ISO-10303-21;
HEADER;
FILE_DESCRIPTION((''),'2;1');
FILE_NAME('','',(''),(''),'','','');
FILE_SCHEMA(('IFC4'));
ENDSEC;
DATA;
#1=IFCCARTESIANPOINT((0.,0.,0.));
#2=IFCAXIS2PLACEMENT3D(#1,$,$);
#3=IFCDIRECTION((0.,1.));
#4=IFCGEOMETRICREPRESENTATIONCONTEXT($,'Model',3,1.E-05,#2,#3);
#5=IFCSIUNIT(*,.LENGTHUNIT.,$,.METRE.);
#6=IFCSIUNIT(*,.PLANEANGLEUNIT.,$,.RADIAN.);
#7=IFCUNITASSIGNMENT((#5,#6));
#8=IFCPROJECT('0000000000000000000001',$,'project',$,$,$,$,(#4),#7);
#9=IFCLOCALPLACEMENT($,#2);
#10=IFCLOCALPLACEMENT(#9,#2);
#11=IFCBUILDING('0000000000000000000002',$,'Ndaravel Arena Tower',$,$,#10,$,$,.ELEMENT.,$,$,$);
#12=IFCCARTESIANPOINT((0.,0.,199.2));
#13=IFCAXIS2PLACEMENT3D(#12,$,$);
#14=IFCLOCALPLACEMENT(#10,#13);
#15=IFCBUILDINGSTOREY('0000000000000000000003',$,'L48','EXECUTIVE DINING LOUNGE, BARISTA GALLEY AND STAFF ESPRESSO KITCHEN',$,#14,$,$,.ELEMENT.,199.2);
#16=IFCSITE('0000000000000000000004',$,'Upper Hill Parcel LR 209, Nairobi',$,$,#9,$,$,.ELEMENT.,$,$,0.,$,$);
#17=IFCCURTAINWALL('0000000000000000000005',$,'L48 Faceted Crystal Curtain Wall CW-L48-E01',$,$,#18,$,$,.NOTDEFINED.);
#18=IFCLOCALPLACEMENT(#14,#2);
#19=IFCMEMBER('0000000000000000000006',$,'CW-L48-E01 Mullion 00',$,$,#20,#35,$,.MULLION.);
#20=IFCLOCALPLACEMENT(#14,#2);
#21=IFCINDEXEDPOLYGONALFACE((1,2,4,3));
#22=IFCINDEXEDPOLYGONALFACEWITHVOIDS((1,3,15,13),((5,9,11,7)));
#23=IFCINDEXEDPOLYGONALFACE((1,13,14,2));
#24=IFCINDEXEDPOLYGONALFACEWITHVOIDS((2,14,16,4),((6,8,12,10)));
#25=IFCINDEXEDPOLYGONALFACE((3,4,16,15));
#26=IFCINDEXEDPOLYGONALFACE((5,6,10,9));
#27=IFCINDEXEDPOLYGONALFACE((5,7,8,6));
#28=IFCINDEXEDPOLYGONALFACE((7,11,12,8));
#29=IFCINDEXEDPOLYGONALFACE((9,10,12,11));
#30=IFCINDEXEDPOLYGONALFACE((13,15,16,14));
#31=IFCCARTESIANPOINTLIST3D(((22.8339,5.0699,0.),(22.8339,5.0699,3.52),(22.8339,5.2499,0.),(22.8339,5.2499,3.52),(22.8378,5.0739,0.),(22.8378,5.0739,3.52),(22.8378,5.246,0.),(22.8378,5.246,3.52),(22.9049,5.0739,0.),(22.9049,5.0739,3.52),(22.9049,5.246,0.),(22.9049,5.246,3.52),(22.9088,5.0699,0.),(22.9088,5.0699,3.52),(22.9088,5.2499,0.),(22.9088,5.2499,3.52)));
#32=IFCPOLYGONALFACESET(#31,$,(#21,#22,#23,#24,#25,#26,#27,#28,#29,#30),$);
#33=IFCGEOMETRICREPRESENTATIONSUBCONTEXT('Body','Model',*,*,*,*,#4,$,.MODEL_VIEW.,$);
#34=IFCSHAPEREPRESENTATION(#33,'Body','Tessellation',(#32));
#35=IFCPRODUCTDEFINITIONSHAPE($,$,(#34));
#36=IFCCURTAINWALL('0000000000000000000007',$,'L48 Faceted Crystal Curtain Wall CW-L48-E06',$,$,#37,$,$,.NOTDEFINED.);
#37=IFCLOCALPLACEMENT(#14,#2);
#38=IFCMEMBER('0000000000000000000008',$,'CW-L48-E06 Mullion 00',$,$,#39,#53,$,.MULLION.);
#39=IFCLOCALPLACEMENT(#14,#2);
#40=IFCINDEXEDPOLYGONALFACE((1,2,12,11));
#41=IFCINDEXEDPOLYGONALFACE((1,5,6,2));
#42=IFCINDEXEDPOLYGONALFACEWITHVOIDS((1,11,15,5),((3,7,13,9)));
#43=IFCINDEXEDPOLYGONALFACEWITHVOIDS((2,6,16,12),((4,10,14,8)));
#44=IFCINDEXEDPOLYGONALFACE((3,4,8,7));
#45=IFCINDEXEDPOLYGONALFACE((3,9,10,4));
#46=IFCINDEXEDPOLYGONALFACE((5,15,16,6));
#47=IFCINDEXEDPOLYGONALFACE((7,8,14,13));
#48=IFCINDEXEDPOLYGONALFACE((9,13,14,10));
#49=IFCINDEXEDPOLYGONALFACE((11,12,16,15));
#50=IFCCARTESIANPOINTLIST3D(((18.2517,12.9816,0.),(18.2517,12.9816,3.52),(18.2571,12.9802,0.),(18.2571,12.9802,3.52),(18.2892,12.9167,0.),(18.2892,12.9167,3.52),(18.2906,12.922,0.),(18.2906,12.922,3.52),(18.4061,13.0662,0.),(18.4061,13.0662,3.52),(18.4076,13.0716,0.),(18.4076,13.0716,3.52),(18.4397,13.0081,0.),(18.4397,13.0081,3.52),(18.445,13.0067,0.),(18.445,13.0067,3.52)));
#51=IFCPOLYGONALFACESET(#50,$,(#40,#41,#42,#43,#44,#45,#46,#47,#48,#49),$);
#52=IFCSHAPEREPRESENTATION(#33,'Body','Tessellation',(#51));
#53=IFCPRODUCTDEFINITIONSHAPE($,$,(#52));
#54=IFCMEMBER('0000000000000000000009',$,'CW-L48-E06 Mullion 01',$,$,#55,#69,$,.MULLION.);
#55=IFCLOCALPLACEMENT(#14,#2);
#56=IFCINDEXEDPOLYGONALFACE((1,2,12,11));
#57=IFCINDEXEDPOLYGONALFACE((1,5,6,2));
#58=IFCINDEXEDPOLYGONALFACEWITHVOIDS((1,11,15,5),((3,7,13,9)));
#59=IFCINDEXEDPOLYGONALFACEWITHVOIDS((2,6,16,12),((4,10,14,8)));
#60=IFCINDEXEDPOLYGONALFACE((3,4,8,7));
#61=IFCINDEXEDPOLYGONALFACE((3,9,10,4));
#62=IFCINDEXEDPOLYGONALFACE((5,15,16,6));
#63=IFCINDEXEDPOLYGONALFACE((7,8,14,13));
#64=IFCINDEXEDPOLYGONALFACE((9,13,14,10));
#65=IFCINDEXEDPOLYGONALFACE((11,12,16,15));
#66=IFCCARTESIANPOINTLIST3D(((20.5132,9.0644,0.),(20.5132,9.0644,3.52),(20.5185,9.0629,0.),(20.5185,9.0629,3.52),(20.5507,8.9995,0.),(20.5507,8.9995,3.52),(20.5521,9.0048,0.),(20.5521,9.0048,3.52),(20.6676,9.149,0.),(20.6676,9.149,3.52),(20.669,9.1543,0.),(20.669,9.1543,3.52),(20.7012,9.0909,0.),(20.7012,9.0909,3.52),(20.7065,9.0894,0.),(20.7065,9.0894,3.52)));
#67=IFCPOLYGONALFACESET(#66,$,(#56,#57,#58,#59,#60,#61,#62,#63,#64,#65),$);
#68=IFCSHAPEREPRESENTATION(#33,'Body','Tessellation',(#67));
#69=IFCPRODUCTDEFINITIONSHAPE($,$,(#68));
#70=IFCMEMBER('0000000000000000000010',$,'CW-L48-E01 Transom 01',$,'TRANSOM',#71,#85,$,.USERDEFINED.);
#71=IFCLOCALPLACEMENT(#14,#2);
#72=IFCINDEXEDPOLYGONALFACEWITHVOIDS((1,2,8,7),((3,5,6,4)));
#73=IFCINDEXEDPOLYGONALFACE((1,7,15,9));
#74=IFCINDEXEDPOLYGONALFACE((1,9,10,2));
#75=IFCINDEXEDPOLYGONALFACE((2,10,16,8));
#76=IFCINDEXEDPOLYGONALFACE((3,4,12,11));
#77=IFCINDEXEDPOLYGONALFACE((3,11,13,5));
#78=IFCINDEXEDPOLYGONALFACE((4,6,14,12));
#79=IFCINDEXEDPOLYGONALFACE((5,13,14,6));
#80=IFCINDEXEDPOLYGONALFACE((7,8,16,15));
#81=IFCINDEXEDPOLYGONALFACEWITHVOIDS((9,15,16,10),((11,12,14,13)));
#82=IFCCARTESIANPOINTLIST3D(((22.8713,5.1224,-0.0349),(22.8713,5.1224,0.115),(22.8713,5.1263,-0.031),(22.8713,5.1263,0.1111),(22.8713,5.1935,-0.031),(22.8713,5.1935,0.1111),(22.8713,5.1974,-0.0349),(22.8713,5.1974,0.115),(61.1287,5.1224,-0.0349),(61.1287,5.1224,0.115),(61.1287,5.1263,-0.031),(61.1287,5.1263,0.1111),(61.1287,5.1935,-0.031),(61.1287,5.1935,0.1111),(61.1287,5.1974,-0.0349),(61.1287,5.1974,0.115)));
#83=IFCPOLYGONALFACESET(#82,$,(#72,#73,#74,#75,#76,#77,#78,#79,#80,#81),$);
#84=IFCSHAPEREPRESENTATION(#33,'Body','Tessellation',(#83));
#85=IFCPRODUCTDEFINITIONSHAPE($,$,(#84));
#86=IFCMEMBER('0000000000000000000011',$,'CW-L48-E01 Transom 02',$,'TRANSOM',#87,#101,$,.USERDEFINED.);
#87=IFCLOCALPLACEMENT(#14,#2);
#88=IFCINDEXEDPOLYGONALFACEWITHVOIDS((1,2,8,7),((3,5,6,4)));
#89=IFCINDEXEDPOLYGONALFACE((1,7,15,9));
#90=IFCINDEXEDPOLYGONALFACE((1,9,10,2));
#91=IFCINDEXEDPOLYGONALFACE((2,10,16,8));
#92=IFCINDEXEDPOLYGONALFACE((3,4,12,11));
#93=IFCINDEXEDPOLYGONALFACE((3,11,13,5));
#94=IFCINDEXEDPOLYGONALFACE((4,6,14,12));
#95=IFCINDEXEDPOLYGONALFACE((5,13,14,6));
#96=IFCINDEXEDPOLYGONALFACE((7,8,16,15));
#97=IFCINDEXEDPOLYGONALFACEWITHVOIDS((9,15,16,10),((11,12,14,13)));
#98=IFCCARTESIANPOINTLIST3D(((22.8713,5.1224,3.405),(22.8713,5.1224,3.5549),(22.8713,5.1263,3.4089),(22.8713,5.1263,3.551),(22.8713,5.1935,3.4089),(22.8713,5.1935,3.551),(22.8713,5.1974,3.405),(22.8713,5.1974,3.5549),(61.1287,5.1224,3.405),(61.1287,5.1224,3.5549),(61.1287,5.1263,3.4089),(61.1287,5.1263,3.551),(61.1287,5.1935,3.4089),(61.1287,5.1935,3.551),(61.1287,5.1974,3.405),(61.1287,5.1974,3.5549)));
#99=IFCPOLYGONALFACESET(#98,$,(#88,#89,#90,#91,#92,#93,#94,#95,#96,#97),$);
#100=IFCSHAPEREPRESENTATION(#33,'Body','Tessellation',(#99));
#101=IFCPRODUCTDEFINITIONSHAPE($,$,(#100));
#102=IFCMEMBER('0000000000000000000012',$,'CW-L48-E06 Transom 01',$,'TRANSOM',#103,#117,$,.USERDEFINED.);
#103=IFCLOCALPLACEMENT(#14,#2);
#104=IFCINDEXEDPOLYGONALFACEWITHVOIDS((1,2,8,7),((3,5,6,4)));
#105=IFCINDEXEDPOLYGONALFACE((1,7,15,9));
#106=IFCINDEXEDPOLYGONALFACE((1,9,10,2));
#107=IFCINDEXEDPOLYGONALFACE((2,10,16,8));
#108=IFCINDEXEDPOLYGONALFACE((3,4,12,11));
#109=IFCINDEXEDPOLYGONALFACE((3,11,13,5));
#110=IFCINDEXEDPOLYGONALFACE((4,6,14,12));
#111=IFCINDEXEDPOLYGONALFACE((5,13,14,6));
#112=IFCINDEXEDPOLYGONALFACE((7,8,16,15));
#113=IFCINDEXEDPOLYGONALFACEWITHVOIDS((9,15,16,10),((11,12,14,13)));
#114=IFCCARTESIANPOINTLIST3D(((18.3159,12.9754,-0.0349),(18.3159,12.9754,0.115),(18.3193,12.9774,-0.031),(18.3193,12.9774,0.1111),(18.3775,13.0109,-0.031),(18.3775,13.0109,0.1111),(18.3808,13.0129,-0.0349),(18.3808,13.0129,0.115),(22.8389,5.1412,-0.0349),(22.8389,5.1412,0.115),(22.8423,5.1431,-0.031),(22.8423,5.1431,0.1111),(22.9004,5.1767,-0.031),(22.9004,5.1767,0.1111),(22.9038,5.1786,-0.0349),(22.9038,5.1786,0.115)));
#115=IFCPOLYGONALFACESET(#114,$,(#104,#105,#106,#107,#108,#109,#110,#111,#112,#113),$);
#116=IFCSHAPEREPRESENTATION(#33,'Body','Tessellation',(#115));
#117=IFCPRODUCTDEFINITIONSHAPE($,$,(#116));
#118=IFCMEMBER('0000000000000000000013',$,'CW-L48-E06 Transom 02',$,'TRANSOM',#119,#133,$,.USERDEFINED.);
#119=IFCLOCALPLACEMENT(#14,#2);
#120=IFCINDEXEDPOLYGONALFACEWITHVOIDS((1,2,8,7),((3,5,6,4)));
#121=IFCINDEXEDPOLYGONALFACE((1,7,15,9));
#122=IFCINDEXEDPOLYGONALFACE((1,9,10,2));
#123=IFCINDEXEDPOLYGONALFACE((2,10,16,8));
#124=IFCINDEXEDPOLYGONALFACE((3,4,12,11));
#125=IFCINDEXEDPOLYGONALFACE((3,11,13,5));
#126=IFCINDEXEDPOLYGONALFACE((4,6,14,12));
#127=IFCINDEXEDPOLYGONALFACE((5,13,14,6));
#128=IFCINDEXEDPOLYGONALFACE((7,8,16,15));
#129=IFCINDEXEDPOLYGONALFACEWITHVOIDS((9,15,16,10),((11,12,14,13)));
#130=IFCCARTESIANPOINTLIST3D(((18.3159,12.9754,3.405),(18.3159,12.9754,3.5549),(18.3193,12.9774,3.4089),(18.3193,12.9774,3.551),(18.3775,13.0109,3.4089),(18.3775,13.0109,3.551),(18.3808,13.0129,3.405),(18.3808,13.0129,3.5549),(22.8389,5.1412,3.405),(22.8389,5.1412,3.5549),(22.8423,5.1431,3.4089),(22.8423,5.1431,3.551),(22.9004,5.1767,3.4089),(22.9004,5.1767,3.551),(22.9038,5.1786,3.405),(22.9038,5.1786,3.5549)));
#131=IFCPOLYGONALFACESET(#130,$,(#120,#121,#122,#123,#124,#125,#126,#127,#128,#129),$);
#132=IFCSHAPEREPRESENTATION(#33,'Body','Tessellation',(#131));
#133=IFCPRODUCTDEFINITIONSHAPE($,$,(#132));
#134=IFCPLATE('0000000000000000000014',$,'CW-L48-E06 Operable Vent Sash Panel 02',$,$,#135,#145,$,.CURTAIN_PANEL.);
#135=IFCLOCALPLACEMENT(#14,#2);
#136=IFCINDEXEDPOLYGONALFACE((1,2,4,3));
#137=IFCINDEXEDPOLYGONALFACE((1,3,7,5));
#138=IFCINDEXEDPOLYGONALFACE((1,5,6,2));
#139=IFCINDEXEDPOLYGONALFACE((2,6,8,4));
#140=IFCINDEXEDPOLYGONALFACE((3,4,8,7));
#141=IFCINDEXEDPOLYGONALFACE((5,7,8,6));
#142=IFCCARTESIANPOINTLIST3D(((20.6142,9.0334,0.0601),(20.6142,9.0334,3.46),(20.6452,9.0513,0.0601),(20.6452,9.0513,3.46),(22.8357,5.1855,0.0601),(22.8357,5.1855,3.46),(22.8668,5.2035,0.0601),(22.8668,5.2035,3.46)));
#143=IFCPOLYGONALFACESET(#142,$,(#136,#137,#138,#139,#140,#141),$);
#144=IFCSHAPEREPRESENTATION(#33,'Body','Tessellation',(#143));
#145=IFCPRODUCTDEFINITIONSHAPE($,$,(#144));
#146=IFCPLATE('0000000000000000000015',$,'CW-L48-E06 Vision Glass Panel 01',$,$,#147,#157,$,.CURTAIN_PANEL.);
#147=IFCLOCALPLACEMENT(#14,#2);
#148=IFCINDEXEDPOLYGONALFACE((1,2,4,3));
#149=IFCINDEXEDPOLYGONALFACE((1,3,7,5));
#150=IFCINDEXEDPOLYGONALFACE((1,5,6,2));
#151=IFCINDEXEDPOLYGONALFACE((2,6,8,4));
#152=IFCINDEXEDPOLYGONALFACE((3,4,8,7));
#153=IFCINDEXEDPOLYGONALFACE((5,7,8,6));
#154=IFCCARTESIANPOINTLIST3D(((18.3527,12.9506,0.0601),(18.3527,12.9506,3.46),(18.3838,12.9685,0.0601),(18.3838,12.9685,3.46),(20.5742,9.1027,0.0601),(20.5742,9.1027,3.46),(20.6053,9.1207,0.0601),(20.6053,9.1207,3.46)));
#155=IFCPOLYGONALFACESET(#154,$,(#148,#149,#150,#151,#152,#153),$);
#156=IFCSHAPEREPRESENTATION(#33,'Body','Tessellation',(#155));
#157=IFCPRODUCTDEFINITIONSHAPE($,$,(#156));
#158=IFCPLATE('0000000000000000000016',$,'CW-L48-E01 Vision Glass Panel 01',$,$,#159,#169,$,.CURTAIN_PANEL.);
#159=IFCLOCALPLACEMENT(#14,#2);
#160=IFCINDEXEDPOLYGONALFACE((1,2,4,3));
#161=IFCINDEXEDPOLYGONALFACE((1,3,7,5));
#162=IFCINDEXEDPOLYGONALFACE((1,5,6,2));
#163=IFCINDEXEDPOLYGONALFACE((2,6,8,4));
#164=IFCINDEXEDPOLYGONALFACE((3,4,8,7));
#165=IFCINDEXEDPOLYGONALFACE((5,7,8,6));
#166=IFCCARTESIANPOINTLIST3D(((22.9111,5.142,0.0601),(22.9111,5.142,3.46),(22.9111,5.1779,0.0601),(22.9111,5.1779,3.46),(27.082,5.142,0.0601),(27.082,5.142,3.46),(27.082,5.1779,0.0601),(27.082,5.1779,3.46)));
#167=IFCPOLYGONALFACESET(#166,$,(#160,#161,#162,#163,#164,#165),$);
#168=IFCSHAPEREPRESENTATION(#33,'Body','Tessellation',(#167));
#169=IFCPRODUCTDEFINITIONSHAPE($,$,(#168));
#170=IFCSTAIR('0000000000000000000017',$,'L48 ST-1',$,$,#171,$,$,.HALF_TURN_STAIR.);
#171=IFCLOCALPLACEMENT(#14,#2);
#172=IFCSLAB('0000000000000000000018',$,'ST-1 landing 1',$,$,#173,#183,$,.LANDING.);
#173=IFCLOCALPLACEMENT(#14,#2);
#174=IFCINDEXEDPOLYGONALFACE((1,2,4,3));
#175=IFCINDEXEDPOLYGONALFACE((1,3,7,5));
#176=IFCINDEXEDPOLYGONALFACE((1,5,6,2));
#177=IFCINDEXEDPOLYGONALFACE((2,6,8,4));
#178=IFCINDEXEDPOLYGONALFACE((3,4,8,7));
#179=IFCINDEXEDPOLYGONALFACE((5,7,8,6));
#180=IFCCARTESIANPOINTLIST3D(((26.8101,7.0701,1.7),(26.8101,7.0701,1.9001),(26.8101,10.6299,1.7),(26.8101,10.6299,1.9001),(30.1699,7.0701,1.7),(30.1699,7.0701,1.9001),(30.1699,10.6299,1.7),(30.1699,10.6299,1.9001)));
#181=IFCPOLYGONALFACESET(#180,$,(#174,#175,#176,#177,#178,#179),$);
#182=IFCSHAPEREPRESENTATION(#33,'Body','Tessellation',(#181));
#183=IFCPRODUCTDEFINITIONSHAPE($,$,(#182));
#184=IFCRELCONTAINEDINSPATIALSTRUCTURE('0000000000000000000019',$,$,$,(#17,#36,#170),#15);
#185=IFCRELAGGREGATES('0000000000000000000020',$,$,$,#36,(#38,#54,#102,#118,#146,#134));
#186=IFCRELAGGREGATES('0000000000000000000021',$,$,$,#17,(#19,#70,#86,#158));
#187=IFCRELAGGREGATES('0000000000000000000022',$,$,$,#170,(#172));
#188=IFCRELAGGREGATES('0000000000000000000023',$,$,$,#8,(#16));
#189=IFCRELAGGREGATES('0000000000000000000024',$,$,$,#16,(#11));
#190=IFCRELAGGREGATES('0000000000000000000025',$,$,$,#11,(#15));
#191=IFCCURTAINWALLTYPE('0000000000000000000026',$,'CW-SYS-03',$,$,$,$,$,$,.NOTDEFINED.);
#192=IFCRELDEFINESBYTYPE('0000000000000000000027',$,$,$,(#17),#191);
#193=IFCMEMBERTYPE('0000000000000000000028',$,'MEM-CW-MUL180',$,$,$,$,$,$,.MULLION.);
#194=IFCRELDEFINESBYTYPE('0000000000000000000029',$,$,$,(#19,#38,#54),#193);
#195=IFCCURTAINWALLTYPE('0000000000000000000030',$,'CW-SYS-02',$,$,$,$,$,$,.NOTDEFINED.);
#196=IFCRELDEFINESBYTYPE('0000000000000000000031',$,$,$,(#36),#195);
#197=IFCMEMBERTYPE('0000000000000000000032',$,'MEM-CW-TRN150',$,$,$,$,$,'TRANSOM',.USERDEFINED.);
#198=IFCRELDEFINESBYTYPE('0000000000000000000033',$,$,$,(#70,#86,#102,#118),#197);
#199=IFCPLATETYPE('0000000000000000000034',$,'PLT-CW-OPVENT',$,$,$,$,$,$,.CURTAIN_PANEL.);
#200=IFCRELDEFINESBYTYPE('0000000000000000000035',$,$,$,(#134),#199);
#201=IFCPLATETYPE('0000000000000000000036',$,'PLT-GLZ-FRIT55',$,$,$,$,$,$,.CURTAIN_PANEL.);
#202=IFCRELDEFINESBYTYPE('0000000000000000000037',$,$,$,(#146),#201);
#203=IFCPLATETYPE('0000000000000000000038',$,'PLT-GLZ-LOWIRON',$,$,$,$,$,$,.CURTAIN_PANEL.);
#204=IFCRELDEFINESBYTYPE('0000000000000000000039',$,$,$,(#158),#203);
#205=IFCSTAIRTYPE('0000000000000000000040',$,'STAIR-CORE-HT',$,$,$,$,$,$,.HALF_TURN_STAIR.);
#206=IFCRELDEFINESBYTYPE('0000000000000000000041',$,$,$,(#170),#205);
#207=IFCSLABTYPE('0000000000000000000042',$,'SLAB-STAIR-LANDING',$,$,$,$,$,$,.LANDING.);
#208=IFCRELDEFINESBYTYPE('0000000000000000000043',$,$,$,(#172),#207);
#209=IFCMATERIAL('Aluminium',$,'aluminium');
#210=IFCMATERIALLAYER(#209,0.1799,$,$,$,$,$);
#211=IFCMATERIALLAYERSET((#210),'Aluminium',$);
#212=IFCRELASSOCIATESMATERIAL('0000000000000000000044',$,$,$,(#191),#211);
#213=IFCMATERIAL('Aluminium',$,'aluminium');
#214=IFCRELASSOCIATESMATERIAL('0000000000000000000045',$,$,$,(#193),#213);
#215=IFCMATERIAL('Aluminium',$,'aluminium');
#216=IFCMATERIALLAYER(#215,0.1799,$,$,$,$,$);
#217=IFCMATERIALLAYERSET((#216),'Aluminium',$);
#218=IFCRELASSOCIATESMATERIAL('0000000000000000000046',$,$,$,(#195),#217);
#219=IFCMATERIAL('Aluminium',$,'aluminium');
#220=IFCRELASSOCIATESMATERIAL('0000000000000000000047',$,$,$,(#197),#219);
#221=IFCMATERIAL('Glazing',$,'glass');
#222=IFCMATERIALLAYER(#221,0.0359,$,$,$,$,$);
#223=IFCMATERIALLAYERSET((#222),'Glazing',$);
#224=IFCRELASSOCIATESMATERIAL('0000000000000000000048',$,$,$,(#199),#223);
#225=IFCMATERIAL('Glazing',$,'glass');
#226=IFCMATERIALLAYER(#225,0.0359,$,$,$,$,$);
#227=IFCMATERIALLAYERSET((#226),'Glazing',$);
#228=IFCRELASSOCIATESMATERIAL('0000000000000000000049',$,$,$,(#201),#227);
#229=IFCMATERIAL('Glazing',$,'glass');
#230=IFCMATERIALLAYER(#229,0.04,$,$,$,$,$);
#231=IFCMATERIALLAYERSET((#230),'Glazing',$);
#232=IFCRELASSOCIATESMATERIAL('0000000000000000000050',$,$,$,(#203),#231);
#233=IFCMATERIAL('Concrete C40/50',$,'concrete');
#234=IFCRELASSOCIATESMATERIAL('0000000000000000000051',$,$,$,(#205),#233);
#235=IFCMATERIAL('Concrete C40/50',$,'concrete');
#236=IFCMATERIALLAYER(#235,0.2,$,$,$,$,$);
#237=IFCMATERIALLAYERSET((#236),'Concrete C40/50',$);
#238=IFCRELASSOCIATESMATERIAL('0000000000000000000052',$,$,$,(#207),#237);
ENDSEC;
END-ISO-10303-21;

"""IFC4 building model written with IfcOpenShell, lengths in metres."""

from ifc_helpers import new_model, si_unit, direction, frame, origin, origin_2d, place, context, subcontext, project, spatial, polyline, rectangle, hollow_rectangle, outline, extrude, material, layer, layer_set, material_profile, profile_set, type_object, element, aggregate, save


model = new_model("IFC4")

# Units and contexts
model_context = context("Model", 3, precision=1e-05, world=origin(), true_north=direction((0.0, 1.0)))
body_context = subcontext(model_context, "Body", "Model", "MODEL_VIEW")
ifc_project = project(units=[si_unit("LENGTHUNIT", "METRE"), si_unit("PLANEANGLEUNIT", "RADIAN")], contexts=[model_context])

# Site, building, storey
site_placement = place(None, origin())
site = spatial("IfcSite", under=ifc_project, at=site_placement, Name="Upper Hill Parcel LR 209, Nairobi", CompositionType="ELEMENT", RefElevation=0.0)
building_placement = place(site_placement, origin())
building = spatial("IfcBuilding", under=site, at=building_placement, Name="Ndaravel Arena Tower", CompositionType="ELEMENT")
storey_placement = place(building_placement, frame((0.0, 0.0, 199.2)))
storey = spatial("IfcBuildingStorey", under=building, at=storey_placement, Name="L48", Description="EXECUTIVE DINING LOUNGE, BARISTA GALLEY AND STAFF ESPRESSO KITCHEN", CompositionType="ELEMENT", Elevation=199.2)

# Curtain wall, member
ifc_material_1 = material(Name="Aluminium", Category="aluminium")
ifc_layer_1 = layer(ifc_material_1, 0.1799)
ifc_layer_set_1 = layer_set([ifc_layer_1], Name="Aluminium")
curtain_wall_type_1 = type_object("IfcCurtainWallType", Name="CW-SYS-03", PredefinedType="NOTDEFINED", material=ifc_layer_set_1)
curtain_wall_1_placement = place(storey_placement, origin())
curtain_wall_1 = element("IfcCurtainWall", 1, at=curtain_wall_1_placement, inside=storey, type_object=curtain_wall_type_1, Name="L48 Faceted Crystal Curtain Wall CW-L48-E01", PredefinedType="NOTDEFINED")
ifc_material_2 = material(Name="Aluminium", Category="aluminium")
ifc_material_profile_1 = material_profile(ifc_material_2, hollow_rectangle(XDim=0.075, YDim=0.1799, WallThickness=0.0039, at=origin_2d()), Name="CW MULLION 75x180x4")
ifc_profile_set_1 = profile_set([ifc_material_profile_1], Name="Aluminium")
member_type_1 = type_object("IfcMemberType", Name="MEM-CW-MUL180", PredefinedType="MULLION", material=ifc_profile_set_1)
member_1_placement = place(storey_placement, frame((22.8713, 5.1599, 0.0), z_axis=(0.0, 0.0, 1.0), x_axis=(1.0, 0.0, 0.0)))
member_1 = element("IfcMember", 2, at=member_1_placement, type_object=member_type_1, Name="CW-L48-E01 Mullion 00", PredefinedType="MULLION", context=body_context, shape_type="SweptSolid", body=[
    extrude(hollow_rectangle(XDim=0.075, YDim=0.1799, WallThickness=0.0039, at=origin_2d()), origin(), (0.0, 0.0, 1.0), 3.52),
])

# Curtain wall, members
ifc_material_3 = material(Name="Aluminium", Category="aluminium")
ifc_layer_2 = layer(ifc_material_3, 0.1799)
ifc_layer_set_2 = layer_set([ifc_layer_2], Name="Aluminium")
curtain_wall_type_2 = type_object("IfcCurtainWallType", Name="CW-SYS-02", PredefinedType="NOTDEFINED", material=ifc_layer_set_2)
curtain_wall_2_placement = place(storey_placement, origin())
curtain_wall_2 = element("IfcCurtainWall", 3, at=curtain_wall_2_placement, inside=storey, type_object=curtain_wall_type_2, Name="L48 Faceted Crystal Curtain Wall CW-L48-E06", PredefinedType="NOTDEFINED")
member_2_placement = place(storey_placement, frame((18.3484, 12.9941, 0.0), z_axis=(0.0, 0.0, 1.0), x_axis=(0.5, -0.866025, 0.0)))
member_2 = element("IfcMember", 4, at=member_2_placement, type_object=member_type_1, Name="CW-L48-E06 Mullion 00", PredefinedType="MULLION", context=body_context, shape_type="SweptSolid", body=[
    extrude(hollow_rectangle(XDim=0.075, YDim=0.1799, WallThickness=0.0039, at=origin_2d()), origin(), (0.0, 0.0, 1.0), 3.52),
])
member_3_placement = place(storey_placement, frame((20.6099, 9.0769, 0.0), z_axis=(0.0, 0.0, 1.0), x_axis=(0.5, -0.866025, 0.0)))
member_3 = element("IfcMember", 5, at=member_3_placement, type_object=member_type_1, Name="CW-L48-E06 Mullion 01", PredefinedType="MULLION", context=body_context, shape_type="SweptSolid", body=[
    extrude(hollow_rectangle(XDim=0.075, YDim=0.1799, WallThickness=0.0039, at=origin_2d()), origin(), (0.0, 0.0, 1.0), 3.52),
])

# Members
ifc_material_4 = material(Name="Aluminium", Category="aluminium")
ifc_material_profile_2 = material_profile(ifc_material_4, hollow_rectangle(XDim=0.075, YDim=0.1499, WallThickness=0.0039, at=origin_2d()), Name="CW TRANSOM 75x150x4")
ifc_profile_set_2 = profile_set([ifc_material_profile_2], Name="Aluminium")
member_type_2 = type_object("IfcMemberType", Name="MEM-CW-TRN150", ElementType="TRANSOM", PredefinedType="USERDEFINED", material=ifc_profile_set_2)
member_4_placement = place(storey_placement, frame((22.8713, 5.1599, 0.04), z_axis=(1.0, 0.0, 0.0), x_axis=(0.0, 1.0, 0.0)))
member_4 = element("IfcMember", 6, at=member_4_placement, type_object=member_type_2, Name="CW-L48-E01 Transom 01", ObjectType="TRANSOM", PredefinedType="USERDEFINED", context=body_context, shape_type="SweptSolid", body=[
    extrude(hollow_rectangle(XDim=0.075, YDim=0.1499, WallThickness=0.0039, at=origin_2d()), origin(), (0.0, 0.0, 1.0), 38.2573),
])
member_5_placement = place(storey_placement, frame((22.8713, 5.1599, 3.48), z_axis=(1.0, 0.0, 0.0), x_axis=(0.0, 1.0, 0.0)))
member_5 = element("IfcMember", 7, at=member_5_placement, type_object=member_type_2, Name="CW-L48-E01 Transom 02", ObjectType="TRANSOM", PredefinedType="USERDEFINED", context=body_context, shape_type="SweptSolid", body=[
    extrude(hollow_rectangle(XDim=0.075, YDim=0.1499, WallThickness=0.0039, at=origin_2d()), origin(), (0.0, 0.0, 1.0), 38.2573),
])
member_6_placement = place(storey_placement, frame((18.3484, 12.9941, 0.04), z_axis=(0.499988, -0.866032, 0.0), x_axis=(0.866032, 0.499988, 0.0)))
member_6 = element("IfcMember", 8, at=member_6_placement, type_object=member_type_2, Name="CW-L48-E06 Transom 01", ObjectType="TRANSOM", PredefinedType="USERDEFINED", context=body_context, shape_type="SweptSolid", body=[
    extrude(hollow_rectangle(XDim=0.075, YDim=0.1499, WallThickness=0.0039, at=origin_2d()), origin(), (0.0, 0.0, 1.0), 9.0461),
])
member_7_placement = place(storey_placement, frame((18.3484, 12.9941, 3.48), z_axis=(0.499988, -0.866032, 0.0), x_axis=(0.866032, 0.499988, 0.0)))
member_7 = element("IfcMember", 9, at=member_7_placement, type_object=member_type_2, Name="CW-L48-E06 Transom 02", ObjectType="TRANSOM", PredefinedType="USERDEFINED", context=body_context, shape_type="SweptSolid", body=[
    extrude(hollow_rectangle(XDim=0.075, YDim=0.1499, WallThickness=0.0039, at=origin_2d()), origin(), (0.0, 0.0, 1.0), 9.0461),
])

# Plates
ifc_material_5 = material(Name="Glazing", Category="glass")
ifc_layer_3 = layer(ifc_material_5, 0.0359)
ifc_layer_set_3 = layer_set([ifc_layer_3], Name="Glazing")
plate_type_1 = type_object("IfcPlateType", Name="PLT-CW-OPVENT", PredefinedType="CURTAIN_PANEL", material=ifc_layer_set_3)
plate_1_placement = place(storey_placement, frame((21.7405, 7.1184, 0.0601), z_axis=(0.0, 0.0, 1.0), x_axis=(0.5, -0.866025, 0.0)))
plate_1 = element("IfcPlate", 10, at=plate_1_placement, type_object=plate_type_1, Name="CW-L48-E06 Operable Vent Sash Panel 02", PredefinedType="CURTAIN_PANEL", context=body_context, shape_type="SweptSolid", body=[
    extrude(rectangle(XDim=4.4431, YDim=0.0359, at=origin_2d()), origin(), (0.0, 0.0, 1.0), 3.3999),
])
ifc_material_6 = material(Name="Glazing", Category="glass")
ifc_layer_4 = layer(ifc_material_6, 0.0359)
ifc_layer_set_4 = layer_set([ifc_layer_4], Name="Glazing")
plate_type_2 = type_object("IfcPlateType", Name="PLT-GLZ-FRIT55", PredefinedType="CURTAIN_PANEL", material=ifc_layer_set_4)
plate_2_placement = place(storey_placement, frame((19.479, 11.0356, 0.0601), z_axis=(0.0, 0.0, 1.0), x_axis=(0.5, -0.866025, 0.0)))
plate_2 = element("IfcPlate", 11, at=plate_2_placement, type_object=plate_type_2, Name="CW-L48-E06 Vision Glass Panel 01", PredefinedType="CURTAIN_PANEL", context=body_context, shape_type="SweptSolid", body=[
    extrude(rectangle(XDim=4.4431, YDim=0.0359, at=origin_2d()), origin(), (0.0, 0.0, 1.0), 3.3999),
])
aggregate(curtain_wall_2, [member_2, member_3, member_6, member_7, plate_2, plate_1])
ifc_material_7 = material(Name="Glazing", Category="glass")
ifc_layer_5 = layer(ifc_material_7, 0.04)
ifc_layer_set_5 = layer_set([ifc_layer_5], Name="Glazing")
plate_type_3 = type_object("IfcPlateType", Name="PLT-GLZ-LOWIRON", PredefinedType="CURTAIN_PANEL", material=ifc_layer_set_5)
plate_3_placement = place(storey_placement, frame((24.9966, 5.1599, 0.0601), z_axis=(0.0, 0.0, 1.0), x_axis=(1.0, 0.0, 0.0)))
plate_3 = element("IfcPlate", 12, at=plate_3_placement, type_object=plate_type_3, Name="CW-L48-E01 Vision Glass Panel 01", PredefinedType="CURTAIN_PANEL", context=body_context, shape_type="SweptSolid", body=[
    extrude(rectangle(XDim=4.1709, YDim=0.0359, at=origin_2d()), origin(), (0.0, 0.0, 1.0), 3.3999),
])
aggregate(curtain_wall_1, [member_1, member_4, member_5, plate_3])

# Stair, slab
ifc_material_8 = material(Name="Concrete C40/50", Category="concrete")
stair_type = type_object("IfcStairType", Name="STAIR-CORE-HT", PredefinedType="HALF_TURN_STAIR", material=ifc_material_8)
stair_1_placement = place(storey_placement, origin())
stair_1 = element("IfcStair", 13, at=stair_1_placement, inside=storey, type_object=stair_type, Name="L48 ST-1", PredefinedType="HALF_TURN_STAIR")
ifc_material_9 = material(Name="Concrete C40/50", Category="concrete")
ifc_layer_6 = layer(ifc_material_9, 0.2)
ifc_layer_set_6 = layer_set([ifc_layer_6], Name="Concrete C40/50")
slab_type_1 = type_object("IfcSlabType", Name="SLAB-STAIR-LANDING", PredefinedType="LANDING", material=ifc_layer_set_6)
slab_1_placement = place(storey_placement, frame((0.0, 0.0, 1.7)))
slab_1 = element("IfcSlab", 14, at=slab_1_placement, type_object=slab_type_1, Name="ST-1 landing 1", PredefinedType="LANDING", context=body_context, shape_type="SweptSolid", body=[
    extrude(outline(polyline([(26.8101, 10.6299), (26.8101, 7.0701), (30.1699, 7.0701), (30.1699, 10.6299), (26.8101, 10.6299)])), origin(), (0.0, 0.0, 1.0), 0.2002),
])
aggregate(stair_1, [slab_1])

save(model, "model.ifc")
